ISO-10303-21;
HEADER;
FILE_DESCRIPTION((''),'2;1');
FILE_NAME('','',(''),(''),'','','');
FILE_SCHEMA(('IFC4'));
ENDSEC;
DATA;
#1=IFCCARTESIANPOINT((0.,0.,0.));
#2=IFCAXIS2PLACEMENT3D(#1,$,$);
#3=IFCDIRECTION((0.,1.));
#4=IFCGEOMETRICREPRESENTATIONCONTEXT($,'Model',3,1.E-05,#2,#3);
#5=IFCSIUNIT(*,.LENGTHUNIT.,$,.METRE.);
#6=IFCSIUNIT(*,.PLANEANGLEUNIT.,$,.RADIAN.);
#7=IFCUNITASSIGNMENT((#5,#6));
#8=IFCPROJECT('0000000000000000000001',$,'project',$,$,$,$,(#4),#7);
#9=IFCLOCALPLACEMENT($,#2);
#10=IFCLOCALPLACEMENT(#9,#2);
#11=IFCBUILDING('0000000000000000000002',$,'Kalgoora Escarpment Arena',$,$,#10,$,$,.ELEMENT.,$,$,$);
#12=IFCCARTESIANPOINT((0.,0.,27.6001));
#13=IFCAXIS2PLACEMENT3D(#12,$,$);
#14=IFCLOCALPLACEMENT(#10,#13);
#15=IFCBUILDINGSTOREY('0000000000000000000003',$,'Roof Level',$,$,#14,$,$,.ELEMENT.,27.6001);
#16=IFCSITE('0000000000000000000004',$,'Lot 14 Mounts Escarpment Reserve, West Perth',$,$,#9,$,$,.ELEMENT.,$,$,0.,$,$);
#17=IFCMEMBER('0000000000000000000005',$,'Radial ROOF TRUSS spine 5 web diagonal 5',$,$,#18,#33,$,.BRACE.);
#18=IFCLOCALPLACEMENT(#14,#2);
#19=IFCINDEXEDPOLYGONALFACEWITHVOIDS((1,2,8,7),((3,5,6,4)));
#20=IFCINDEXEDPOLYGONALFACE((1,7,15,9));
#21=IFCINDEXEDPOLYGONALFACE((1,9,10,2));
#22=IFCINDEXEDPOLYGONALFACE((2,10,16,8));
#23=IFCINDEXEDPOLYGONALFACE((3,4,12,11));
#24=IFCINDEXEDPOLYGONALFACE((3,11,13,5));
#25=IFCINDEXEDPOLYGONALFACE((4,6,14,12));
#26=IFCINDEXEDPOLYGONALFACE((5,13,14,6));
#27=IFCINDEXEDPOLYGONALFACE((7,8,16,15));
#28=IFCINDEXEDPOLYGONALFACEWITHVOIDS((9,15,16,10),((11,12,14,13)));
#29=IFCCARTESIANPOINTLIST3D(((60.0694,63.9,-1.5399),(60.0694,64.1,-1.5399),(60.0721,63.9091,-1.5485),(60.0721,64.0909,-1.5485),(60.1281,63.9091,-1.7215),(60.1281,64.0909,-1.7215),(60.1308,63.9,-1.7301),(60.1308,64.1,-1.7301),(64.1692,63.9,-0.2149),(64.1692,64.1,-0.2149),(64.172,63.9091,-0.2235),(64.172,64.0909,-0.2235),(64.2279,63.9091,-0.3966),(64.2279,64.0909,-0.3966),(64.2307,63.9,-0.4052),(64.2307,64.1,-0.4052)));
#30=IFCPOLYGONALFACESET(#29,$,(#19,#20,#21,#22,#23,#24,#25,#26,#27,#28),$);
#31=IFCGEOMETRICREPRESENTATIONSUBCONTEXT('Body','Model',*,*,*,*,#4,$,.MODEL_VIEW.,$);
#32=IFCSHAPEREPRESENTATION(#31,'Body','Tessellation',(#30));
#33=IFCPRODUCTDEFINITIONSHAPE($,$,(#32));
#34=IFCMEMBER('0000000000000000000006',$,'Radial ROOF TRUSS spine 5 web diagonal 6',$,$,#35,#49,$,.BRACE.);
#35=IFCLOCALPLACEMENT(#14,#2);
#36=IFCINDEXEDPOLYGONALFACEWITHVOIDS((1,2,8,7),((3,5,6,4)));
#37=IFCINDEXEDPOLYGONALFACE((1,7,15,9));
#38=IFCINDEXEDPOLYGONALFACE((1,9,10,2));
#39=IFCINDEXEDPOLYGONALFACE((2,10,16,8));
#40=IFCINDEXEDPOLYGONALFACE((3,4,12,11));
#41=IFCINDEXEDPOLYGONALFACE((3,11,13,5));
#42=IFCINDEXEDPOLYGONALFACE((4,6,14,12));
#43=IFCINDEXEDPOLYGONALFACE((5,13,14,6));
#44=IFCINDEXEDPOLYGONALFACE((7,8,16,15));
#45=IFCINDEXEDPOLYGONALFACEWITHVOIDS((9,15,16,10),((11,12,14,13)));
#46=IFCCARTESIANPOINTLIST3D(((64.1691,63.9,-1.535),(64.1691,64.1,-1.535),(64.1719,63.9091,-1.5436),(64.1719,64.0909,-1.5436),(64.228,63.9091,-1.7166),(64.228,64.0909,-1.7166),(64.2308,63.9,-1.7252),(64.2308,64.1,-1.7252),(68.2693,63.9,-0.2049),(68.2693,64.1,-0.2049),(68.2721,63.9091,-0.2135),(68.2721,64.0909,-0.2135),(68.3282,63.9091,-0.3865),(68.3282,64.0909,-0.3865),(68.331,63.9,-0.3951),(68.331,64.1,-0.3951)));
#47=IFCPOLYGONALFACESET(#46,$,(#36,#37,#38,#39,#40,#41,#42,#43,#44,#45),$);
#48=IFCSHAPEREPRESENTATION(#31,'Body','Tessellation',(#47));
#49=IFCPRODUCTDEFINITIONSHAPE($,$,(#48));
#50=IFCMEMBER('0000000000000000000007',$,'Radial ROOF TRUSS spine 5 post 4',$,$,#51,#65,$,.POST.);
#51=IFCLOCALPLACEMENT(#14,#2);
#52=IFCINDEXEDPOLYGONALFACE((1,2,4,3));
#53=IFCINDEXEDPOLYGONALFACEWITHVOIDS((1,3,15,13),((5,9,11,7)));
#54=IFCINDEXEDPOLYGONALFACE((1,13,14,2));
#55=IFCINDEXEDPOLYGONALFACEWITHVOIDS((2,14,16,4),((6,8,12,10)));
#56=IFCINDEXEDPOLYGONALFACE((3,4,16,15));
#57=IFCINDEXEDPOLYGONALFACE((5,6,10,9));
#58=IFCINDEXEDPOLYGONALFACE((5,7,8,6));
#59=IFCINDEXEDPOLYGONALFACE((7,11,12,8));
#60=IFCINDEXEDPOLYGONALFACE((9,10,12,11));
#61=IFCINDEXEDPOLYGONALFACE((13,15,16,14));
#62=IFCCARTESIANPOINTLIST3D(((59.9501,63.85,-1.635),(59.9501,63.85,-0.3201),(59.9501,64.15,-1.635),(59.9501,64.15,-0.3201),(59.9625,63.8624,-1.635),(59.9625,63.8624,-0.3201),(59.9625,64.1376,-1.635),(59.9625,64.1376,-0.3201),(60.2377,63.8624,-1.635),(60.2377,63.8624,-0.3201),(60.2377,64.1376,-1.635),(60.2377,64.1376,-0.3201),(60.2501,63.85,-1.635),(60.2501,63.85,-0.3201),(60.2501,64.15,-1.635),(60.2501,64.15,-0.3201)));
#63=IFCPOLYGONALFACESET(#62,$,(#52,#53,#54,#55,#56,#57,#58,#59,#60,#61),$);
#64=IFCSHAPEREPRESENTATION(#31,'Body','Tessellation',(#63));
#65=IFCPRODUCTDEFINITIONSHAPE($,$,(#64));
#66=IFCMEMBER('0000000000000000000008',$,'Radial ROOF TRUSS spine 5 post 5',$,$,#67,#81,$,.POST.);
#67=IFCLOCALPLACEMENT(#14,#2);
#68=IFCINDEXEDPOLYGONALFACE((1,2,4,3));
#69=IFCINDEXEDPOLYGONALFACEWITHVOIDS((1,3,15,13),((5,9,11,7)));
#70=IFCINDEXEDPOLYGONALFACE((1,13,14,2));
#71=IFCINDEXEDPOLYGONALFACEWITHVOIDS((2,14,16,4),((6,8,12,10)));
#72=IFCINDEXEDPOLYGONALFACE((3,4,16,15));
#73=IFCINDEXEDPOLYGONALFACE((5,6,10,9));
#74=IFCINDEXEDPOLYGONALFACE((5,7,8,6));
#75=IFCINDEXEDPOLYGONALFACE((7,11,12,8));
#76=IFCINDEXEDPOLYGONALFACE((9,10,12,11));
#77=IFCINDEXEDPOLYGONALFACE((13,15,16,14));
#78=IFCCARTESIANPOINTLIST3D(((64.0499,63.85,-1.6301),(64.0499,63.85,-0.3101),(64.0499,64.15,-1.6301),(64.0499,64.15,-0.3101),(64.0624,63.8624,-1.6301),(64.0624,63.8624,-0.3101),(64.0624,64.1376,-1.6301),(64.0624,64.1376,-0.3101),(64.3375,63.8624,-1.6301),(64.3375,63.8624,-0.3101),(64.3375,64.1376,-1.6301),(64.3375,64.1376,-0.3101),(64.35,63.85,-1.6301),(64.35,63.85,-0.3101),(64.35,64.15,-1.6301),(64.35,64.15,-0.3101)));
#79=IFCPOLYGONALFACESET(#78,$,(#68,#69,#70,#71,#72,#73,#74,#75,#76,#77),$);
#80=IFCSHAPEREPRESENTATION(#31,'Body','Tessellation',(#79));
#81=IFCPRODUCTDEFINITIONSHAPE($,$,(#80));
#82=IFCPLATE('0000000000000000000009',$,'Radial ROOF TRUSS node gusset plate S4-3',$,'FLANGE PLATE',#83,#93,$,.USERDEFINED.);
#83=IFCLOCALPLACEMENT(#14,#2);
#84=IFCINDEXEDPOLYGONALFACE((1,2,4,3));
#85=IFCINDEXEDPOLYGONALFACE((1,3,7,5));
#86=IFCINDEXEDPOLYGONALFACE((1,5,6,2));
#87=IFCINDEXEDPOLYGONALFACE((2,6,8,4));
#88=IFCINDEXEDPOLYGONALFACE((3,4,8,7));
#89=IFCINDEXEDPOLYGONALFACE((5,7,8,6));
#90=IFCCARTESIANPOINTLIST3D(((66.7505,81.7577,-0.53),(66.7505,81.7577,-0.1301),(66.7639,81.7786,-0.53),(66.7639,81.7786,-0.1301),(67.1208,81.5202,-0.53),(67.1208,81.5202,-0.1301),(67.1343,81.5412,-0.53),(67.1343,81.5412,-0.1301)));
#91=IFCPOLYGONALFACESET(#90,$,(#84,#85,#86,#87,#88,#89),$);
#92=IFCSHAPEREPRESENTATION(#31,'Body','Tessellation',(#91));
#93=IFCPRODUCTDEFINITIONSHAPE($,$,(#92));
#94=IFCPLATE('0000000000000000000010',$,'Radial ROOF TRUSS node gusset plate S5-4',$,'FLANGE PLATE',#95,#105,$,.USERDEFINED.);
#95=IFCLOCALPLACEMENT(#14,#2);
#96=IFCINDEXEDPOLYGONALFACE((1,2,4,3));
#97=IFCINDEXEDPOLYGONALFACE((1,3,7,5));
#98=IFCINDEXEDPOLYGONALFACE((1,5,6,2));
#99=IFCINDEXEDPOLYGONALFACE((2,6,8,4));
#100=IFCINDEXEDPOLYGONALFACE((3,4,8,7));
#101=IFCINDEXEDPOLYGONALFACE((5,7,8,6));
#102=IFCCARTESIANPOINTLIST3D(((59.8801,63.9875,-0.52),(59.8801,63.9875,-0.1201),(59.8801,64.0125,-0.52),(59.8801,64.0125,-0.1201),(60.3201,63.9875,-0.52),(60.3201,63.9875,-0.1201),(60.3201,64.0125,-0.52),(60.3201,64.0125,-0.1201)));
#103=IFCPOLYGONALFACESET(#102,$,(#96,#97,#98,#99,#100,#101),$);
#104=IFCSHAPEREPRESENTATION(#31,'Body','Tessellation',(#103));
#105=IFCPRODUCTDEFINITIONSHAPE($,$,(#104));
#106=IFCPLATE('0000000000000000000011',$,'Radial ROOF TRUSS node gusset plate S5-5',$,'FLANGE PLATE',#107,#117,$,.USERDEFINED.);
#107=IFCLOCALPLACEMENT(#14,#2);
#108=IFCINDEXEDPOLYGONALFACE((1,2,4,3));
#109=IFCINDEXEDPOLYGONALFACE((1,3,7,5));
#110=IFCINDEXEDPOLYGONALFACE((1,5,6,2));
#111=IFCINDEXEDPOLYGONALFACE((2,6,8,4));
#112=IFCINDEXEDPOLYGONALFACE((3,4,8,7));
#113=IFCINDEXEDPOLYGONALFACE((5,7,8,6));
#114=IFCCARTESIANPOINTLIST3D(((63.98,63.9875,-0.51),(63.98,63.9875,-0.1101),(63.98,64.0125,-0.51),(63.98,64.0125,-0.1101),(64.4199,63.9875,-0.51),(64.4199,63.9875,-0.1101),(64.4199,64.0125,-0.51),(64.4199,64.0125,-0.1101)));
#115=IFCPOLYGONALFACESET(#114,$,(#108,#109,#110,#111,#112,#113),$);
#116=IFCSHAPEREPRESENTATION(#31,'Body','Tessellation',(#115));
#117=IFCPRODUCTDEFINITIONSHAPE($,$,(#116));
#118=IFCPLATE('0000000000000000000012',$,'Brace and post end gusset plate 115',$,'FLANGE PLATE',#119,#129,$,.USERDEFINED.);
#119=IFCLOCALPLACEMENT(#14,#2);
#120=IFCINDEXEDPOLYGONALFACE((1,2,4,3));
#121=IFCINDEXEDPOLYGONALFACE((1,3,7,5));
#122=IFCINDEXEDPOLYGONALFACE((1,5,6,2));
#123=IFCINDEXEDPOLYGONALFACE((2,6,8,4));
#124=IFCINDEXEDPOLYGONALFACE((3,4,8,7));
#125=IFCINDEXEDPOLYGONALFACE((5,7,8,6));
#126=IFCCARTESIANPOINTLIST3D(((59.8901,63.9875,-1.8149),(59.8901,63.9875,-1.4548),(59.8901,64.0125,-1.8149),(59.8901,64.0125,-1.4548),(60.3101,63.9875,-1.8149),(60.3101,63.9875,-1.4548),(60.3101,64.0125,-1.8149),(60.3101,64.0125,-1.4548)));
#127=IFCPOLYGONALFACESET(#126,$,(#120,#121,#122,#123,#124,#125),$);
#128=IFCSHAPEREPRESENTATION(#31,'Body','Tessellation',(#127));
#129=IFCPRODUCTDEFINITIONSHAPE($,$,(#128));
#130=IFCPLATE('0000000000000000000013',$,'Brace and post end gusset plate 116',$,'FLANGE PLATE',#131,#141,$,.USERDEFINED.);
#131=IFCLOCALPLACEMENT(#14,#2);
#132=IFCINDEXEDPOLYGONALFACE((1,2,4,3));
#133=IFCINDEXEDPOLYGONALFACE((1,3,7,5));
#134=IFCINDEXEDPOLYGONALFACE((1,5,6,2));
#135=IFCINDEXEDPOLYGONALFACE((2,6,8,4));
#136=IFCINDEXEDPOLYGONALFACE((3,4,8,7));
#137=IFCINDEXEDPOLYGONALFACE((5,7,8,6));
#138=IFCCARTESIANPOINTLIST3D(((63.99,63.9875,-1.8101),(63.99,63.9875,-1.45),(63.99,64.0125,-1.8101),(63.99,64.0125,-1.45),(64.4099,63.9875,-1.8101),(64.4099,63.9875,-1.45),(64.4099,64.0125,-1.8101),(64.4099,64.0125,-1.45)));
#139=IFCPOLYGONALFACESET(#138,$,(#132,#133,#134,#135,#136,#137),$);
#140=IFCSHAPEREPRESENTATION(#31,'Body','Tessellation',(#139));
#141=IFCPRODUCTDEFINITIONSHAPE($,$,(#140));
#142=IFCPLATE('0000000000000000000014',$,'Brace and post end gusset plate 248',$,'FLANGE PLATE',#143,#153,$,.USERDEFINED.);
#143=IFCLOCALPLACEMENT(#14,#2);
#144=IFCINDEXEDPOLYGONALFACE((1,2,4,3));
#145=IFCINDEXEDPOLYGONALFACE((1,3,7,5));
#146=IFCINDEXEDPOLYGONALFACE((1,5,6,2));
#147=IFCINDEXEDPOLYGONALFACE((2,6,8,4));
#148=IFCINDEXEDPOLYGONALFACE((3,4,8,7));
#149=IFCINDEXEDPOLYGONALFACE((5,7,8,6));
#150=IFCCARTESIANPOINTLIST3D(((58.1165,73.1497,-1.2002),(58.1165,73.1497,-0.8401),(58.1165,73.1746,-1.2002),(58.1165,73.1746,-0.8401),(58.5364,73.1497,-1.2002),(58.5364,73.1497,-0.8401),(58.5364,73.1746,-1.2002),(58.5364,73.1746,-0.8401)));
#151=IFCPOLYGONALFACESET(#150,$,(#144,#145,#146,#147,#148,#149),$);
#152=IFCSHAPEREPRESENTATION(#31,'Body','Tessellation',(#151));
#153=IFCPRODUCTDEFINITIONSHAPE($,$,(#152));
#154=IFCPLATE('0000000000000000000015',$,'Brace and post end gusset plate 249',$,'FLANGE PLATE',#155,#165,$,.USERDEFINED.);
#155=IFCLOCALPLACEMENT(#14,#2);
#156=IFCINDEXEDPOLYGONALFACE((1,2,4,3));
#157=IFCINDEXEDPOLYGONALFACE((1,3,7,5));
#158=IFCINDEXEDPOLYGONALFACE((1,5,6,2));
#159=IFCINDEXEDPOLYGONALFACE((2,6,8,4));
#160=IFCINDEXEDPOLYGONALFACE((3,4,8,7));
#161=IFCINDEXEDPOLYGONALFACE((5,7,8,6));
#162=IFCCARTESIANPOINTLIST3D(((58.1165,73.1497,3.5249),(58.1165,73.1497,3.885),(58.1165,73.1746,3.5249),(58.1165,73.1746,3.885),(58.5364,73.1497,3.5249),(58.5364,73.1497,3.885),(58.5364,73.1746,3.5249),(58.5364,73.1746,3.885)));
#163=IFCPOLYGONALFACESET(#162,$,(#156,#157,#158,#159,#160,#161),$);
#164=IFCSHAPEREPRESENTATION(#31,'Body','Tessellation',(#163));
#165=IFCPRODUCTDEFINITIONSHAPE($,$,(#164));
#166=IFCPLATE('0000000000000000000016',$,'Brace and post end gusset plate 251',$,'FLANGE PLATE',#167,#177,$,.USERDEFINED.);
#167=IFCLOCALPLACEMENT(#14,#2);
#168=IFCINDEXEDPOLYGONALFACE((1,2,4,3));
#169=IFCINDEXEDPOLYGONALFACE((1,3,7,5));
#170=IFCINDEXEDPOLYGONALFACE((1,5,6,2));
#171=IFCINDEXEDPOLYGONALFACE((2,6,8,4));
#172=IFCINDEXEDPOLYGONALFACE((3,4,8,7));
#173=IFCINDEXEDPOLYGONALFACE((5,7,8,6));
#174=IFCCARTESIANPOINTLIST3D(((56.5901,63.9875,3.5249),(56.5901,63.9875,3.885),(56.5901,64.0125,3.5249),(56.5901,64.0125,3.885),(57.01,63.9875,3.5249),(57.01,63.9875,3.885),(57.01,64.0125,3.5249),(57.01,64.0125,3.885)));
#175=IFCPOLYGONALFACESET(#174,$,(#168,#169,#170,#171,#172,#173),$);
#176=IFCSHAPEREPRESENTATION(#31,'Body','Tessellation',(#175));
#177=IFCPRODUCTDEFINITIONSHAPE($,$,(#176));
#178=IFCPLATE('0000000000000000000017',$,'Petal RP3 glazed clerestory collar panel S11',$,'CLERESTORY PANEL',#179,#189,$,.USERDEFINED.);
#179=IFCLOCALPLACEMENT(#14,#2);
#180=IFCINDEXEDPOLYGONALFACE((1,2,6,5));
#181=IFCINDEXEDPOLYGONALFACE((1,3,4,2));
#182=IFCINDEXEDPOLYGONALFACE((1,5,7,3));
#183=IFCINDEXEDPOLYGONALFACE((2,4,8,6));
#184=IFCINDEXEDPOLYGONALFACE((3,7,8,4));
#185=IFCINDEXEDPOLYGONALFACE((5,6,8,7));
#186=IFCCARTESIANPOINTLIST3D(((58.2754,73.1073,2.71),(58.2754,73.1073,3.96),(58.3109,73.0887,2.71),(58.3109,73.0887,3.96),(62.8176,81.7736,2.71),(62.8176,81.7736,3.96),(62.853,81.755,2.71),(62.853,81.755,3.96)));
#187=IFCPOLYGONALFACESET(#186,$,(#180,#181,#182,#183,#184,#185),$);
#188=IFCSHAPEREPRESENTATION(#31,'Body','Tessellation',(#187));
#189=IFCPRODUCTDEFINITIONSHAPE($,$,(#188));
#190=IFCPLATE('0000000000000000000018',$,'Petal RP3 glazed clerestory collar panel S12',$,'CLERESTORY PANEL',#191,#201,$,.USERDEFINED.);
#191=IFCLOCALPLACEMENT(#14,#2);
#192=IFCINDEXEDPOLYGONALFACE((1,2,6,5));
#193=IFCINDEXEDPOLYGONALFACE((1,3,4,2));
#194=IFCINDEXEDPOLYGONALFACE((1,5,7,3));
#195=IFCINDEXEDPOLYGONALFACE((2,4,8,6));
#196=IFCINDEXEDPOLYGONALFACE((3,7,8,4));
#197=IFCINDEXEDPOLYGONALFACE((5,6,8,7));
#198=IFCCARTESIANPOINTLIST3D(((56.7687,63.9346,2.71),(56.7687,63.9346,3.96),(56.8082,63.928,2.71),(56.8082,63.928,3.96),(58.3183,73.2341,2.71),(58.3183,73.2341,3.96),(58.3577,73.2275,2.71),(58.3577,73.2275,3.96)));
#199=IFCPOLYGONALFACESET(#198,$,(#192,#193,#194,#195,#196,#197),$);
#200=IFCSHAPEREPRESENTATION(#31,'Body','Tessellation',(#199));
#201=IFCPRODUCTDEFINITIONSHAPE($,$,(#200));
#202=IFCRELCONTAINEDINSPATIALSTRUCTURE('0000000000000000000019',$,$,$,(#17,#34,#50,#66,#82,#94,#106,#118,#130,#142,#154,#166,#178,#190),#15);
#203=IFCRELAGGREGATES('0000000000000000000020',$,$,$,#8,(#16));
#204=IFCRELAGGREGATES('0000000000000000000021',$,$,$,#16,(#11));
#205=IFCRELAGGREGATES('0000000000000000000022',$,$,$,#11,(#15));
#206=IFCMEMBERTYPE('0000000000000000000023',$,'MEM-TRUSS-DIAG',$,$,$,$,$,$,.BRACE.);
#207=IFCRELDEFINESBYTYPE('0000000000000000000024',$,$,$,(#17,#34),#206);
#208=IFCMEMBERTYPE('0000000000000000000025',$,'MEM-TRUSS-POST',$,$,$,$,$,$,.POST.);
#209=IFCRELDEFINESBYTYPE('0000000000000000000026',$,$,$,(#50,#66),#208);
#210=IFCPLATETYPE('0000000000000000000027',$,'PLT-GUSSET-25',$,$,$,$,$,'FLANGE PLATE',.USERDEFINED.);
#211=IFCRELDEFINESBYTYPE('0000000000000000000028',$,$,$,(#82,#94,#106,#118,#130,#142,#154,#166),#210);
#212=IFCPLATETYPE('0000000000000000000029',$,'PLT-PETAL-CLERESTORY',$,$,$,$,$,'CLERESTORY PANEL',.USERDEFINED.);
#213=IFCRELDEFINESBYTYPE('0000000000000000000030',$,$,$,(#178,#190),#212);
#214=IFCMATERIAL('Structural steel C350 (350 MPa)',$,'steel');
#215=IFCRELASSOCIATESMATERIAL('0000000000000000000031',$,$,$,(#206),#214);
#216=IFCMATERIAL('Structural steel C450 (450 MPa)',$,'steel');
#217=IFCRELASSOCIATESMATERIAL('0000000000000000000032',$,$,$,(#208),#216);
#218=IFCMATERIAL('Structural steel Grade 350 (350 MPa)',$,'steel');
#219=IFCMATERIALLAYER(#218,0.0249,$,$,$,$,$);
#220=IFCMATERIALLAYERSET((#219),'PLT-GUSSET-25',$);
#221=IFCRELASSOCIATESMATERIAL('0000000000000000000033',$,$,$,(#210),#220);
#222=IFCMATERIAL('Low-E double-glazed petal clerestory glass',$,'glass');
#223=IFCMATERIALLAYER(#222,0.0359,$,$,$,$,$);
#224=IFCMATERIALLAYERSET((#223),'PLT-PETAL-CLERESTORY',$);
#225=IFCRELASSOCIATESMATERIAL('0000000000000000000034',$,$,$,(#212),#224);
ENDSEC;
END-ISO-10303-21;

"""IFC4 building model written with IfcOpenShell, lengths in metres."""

from ifc_helpers import new_model, si_unit, direction, frame, origin, origin_2d, place, context, subcontext, project, spatial, rectangle, hollow_rectangle, extrude, material, layer, layer_set, material_profile, profile_set, type_object, element, save


model = new_model("IFC4")

# Units and contexts
model_context = context("Model", 3, precision=1e-05, world=origin(), true_north=direction((0.0, 1.0)))
body_context = subcontext(model_context, "Body", "Model", "MODEL_VIEW")
ifc_project = project(units=[si_unit("LENGTHUNIT", "METRE"), si_unit("PLANEANGLEUNIT", "RADIAN")], contexts=[model_context])

# Site, building, storey
site_placement = place(None, origin())
site = spatial("IfcSite", under=ifc_project, at=site_placement, Name="Lot 14 Mounts Escarpment Reserve, West Perth", CompositionType="ELEMENT", RefElevation=0.0)
building_placement = place(site_placement, origin())
building = spatial("IfcBuilding", under=site, at=building_placement, Name="Kalgoora Escarpment Arena", CompositionType="ELEMENT")
storey_placement = place(building_placement, frame((0.0, 0.0, 27.6001)))
storey = spatial("IfcBuildingStorey", under=building, at=storey_placement, Name="Roof Level", CompositionType="ELEMENT", Elevation=27.6001)

# Members
ifc_material_1 = material(Name="Structural steel C350 (350 MPa)", Category="steel")
ifc_material_profile_1 = material_profile(ifc_material_1, hollow_rectangle(XDim=0.2, YDim=0.2, WallThickness=0.009, at=origin_2d()))
ifc_profile_set_1 = profile_set([ifc_material_profile_1], Name="Structural steel C350 (350 MPa)")
member_type_1 = type_object("IfcMemberType", Name="MEM-TRUSS-DIAG", PredefinedType="BRACE", material=ifc_profile_set_1)
member_1_placement = place(storey_placement, frame((60.1001, 64.0, -1.635), z_axis=(0.951545, 0.0, 0.307511), x_axis=(0.0, 1.0, 0.0)))
element("IfcMember", 1, at=member_1_placement, inside=storey, type_object=member_type_1, Name="Radial ROOF TRUSS spine 5 web diagonal 5", PredefinedType="BRACE", context=body_context, shape_type="SweptSolid", body=[
    extrude(hollow_rectangle(XDim=0.2, YDim=0.2, WallThickness=0.009, at=origin_2d()), origin(), (0.0, 0.0, 1.0), 4.3086),
])
member_2_placement = place(storey_placement, frame((64.2, 64.0, -1.6301), z_axis=(0.951201, 0.0, 0.308571), x_axis=(0.0, 1.0, 0.0)))
element("IfcMember", 2, at=member_2_placement, inside=storey, type_object=member_type_1, Name="Radial ROOF TRUSS spine 5 web diagonal 6", PredefinedType="BRACE", context=body_context, shape_type="SweptSolid", body=[
    extrude(hollow_rectangle(XDim=0.2, YDim=0.2, WallThickness=0.009, at=origin_2d()), origin(), (0.0, 0.0, 1.0), 4.3105),
])
ifc_material_2 = material(Name="Structural steel C450 (450 MPa)", Category="steel")
ifc_material_profile_2 = material_profile(ifc_material_2, hollow_rectangle(XDim=0.3, YDim=0.3, WallThickness=0.0125, at=origin_2d()))
ifc_profile_set_2 = profile_set([ifc_material_profile_2], Name="Structural steel C450 (450 MPa)")
member_type_2 = type_object("IfcMemberType", Name="MEM-TRUSS-POST", PredefinedType="POST", material=ifc_profile_set_2)
member_3_placement = place(storey_placement, frame((60.1001, 64.0, -1.635), z_axis=(0.0, 0.0, 1.0), x_axis=(1.0, 0.0, 0.0)))
element("IfcMember", 3, at=member_3_placement, inside=storey, type_object=member_type_2, Name="Radial ROOF TRUSS spine 5 post 4", PredefinedType="POST", context=body_context, shape_type="SweptSolid", body=[
    extrude(hollow_rectangle(XDim=0.3, YDim=0.3, WallThickness=0.0125, at=origin_2d()), origin(), (0.0, 0.0, 1.0), 1.3149),
])
member_4_placement = place(storey_placement, frame((64.2, 64.0, -1.6301), z_axis=(0.0, 0.0, 1.0), x_axis=(1.0, 0.0, 0.0)))
element("IfcMember", 4, at=member_4_placement, inside=storey, type_object=member_type_2, Name="Radial ROOF TRUSS spine 5 post 5", PredefinedType="POST", context=body_context, shape_type="SweptSolid", body=[
    extrude(hollow_rectangle(XDim=0.3, YDim=0.3, WallThickness=0.0125, at=origin_2d()), origin(), (0.0, 0.0, 1.0), 1.3201),
])

# Plates
ifc_material_3 = material(Name="Structural steel Grade 350 (350 MPa)", Category="steel")
ifc_layer_1 = layer(ifc_material_3, 0.0249)
ifc_layer_set_1 = layer_set([ifc_layer_1], Name="PLT-GUSSET-25")
plate_type_1 = type_object("IfcPlateType", Name="PLT-GUSSET-25", ElementType="FLANGE PLATE", PredefinedType="USERDEFINED", material=ifc_layer_set_1)
for number, where, z_axis, x_axis, name in (
    (5, (66.9424, 81.6494, -0.53), (0.0, 0.0, 1.0), (0.841794, -0.5398, 0.0), "Radial ROOF TRUSS node gusset plate S4-3"),
    (6, (60.1001, 64.0, -0.52), (0.0, 0.0, 1.0), (1.0, 0.0, 0.0), "Radial ROOF TRUSS node gusset plate S5-4"),
    (7, (64.2, 64.0, -0.51), (0.0, 0.0, 1.0), (1.0, 0.0, 0.0), "Radial ROOF TRUSS node gusset plate S5-5"),
):
    element("IfcPlate", number, at=place(storey_placement, frame(where, z_axis=z_axis, x_axis=x_axis)), inside=storey, type_object=plate_type_1, Name=name, ObjectType="FLANGE PLATE", PredefinedType="USERDEFINED", context=body_context, shape_type="SweptSolid", body=[
        extrude(rectangle(XDim=0.4399, YDim=0.0249, at=origin_2d()), origin(), (0.0, 0.0, 1.0), 0.3999),
    ])
for number, where, z_axis, x_axis, name in (
    (8, (60.1001, 64.0, -1.8149), (0.0, 0.0, 1.0), (1.0, 0.0, 0.0), "Brace and post end gusset plate 115"),
    (9, (64.2, 64.0, -1.8101), (0.0, 0.0, 1.0), (1.0, 0.0, 0.0), "Brace and post end gusset plate 116"),
    (10, (58.3264, 73.1621, -1.2002), (0.0, 0.0, 1.0), (1.0, 0.0, 0.0), "Brace and post end gusset plate 248"),
    (11, (58.3264, 73.1621, 3.5249), (0.0, 0.0, 1.0), (1.0, 0.0, 0.0), "Brace and post end gusset plate 249"),
    (12, (56.8, 64.0, 3.5249), (0.0, 0.0, 1.0), (1.0, 0.0, 0.0), "Brace and post end gusset plate 251"),
):
    element("IfcPlate", number, at=place(storey_placement, frame(where, z_axis=z_axis, x_axis=x_axis)), inside=storey, type_object=plate_type_1, Name=name, ObjectType="FLANGE PLATE", PredefinedType="USERDEFINED", context=body_context, shape_type="SweptSolid", body=[
        extrude(rectangle(XDim=0.4199, YDim=0.0249, at=origin_2d()), origin(), (0.0, 0.0, 1.0), 0.3601),
    ])
ifc_material_4 = material(Name="Low-E double-glazed petal clerestory glass", Category="glass")
ifc_layer_2 = layer(ifc_material_4, 0.0359)
ifc_layer_set_2 = layer_set([ifc_layer_2], Name="PLT-PETAL-CLERESTORY")
plate_type_2 = type_object("IfcPlateType", Name="PLT-PETAL-CLERESTORY", ElementType="CLERESTORY PANEL", PredefinedType="USERDEFINED", material=ifc_layer_set_2)
plate_1_placement = place(storey_placement, frame((60.5642, 77.4312, 2.71), z_axis=(0.0, 0.0, 1.0), x_axis=(-0.464224, -0.885718, 0.0)))
element("IfcPlate", 13, at=plate_1_placement, inside=storey, type_object=plate_type_2, Name="Petal RP3 glazed clerestory collar panel S11", ObjectType="CLERESTORY PANEL", PredefinedType="USERDEFINED", context=body_context, shape_type="SweptSolid", body=[
    extrude(rectangle(XDim=9.7844, YDim=0.04, at=origin_2d()), origin(), (0.0, 0.0, 1.0), 1.25),
])
plate_2_placement = place(storey_placement, frame((57.5632, 68.5811, 2.71), z_axis=(0.0, 0.0, 1.0), x_axis=(-0.164359, -0.986401, 0.0)))
element("IfcPlate", 14, at=plate_2_placement, inside=storey, type_object=plate_type_2, Name="Petal RP3 glazed clerestory collar panel S12", ObjectType="CLERESTORY PANEL", PredefinedType="USERDEFINED", context=body_context, shape_type="SweptSolid", body=[
    extrude(rectangle(XDim=9.4277, YDim=0.04, at=origin_2d()), origin(), (0.0, 0.0, 1.0), 1.25),
])

save(model, "model.ifc")
